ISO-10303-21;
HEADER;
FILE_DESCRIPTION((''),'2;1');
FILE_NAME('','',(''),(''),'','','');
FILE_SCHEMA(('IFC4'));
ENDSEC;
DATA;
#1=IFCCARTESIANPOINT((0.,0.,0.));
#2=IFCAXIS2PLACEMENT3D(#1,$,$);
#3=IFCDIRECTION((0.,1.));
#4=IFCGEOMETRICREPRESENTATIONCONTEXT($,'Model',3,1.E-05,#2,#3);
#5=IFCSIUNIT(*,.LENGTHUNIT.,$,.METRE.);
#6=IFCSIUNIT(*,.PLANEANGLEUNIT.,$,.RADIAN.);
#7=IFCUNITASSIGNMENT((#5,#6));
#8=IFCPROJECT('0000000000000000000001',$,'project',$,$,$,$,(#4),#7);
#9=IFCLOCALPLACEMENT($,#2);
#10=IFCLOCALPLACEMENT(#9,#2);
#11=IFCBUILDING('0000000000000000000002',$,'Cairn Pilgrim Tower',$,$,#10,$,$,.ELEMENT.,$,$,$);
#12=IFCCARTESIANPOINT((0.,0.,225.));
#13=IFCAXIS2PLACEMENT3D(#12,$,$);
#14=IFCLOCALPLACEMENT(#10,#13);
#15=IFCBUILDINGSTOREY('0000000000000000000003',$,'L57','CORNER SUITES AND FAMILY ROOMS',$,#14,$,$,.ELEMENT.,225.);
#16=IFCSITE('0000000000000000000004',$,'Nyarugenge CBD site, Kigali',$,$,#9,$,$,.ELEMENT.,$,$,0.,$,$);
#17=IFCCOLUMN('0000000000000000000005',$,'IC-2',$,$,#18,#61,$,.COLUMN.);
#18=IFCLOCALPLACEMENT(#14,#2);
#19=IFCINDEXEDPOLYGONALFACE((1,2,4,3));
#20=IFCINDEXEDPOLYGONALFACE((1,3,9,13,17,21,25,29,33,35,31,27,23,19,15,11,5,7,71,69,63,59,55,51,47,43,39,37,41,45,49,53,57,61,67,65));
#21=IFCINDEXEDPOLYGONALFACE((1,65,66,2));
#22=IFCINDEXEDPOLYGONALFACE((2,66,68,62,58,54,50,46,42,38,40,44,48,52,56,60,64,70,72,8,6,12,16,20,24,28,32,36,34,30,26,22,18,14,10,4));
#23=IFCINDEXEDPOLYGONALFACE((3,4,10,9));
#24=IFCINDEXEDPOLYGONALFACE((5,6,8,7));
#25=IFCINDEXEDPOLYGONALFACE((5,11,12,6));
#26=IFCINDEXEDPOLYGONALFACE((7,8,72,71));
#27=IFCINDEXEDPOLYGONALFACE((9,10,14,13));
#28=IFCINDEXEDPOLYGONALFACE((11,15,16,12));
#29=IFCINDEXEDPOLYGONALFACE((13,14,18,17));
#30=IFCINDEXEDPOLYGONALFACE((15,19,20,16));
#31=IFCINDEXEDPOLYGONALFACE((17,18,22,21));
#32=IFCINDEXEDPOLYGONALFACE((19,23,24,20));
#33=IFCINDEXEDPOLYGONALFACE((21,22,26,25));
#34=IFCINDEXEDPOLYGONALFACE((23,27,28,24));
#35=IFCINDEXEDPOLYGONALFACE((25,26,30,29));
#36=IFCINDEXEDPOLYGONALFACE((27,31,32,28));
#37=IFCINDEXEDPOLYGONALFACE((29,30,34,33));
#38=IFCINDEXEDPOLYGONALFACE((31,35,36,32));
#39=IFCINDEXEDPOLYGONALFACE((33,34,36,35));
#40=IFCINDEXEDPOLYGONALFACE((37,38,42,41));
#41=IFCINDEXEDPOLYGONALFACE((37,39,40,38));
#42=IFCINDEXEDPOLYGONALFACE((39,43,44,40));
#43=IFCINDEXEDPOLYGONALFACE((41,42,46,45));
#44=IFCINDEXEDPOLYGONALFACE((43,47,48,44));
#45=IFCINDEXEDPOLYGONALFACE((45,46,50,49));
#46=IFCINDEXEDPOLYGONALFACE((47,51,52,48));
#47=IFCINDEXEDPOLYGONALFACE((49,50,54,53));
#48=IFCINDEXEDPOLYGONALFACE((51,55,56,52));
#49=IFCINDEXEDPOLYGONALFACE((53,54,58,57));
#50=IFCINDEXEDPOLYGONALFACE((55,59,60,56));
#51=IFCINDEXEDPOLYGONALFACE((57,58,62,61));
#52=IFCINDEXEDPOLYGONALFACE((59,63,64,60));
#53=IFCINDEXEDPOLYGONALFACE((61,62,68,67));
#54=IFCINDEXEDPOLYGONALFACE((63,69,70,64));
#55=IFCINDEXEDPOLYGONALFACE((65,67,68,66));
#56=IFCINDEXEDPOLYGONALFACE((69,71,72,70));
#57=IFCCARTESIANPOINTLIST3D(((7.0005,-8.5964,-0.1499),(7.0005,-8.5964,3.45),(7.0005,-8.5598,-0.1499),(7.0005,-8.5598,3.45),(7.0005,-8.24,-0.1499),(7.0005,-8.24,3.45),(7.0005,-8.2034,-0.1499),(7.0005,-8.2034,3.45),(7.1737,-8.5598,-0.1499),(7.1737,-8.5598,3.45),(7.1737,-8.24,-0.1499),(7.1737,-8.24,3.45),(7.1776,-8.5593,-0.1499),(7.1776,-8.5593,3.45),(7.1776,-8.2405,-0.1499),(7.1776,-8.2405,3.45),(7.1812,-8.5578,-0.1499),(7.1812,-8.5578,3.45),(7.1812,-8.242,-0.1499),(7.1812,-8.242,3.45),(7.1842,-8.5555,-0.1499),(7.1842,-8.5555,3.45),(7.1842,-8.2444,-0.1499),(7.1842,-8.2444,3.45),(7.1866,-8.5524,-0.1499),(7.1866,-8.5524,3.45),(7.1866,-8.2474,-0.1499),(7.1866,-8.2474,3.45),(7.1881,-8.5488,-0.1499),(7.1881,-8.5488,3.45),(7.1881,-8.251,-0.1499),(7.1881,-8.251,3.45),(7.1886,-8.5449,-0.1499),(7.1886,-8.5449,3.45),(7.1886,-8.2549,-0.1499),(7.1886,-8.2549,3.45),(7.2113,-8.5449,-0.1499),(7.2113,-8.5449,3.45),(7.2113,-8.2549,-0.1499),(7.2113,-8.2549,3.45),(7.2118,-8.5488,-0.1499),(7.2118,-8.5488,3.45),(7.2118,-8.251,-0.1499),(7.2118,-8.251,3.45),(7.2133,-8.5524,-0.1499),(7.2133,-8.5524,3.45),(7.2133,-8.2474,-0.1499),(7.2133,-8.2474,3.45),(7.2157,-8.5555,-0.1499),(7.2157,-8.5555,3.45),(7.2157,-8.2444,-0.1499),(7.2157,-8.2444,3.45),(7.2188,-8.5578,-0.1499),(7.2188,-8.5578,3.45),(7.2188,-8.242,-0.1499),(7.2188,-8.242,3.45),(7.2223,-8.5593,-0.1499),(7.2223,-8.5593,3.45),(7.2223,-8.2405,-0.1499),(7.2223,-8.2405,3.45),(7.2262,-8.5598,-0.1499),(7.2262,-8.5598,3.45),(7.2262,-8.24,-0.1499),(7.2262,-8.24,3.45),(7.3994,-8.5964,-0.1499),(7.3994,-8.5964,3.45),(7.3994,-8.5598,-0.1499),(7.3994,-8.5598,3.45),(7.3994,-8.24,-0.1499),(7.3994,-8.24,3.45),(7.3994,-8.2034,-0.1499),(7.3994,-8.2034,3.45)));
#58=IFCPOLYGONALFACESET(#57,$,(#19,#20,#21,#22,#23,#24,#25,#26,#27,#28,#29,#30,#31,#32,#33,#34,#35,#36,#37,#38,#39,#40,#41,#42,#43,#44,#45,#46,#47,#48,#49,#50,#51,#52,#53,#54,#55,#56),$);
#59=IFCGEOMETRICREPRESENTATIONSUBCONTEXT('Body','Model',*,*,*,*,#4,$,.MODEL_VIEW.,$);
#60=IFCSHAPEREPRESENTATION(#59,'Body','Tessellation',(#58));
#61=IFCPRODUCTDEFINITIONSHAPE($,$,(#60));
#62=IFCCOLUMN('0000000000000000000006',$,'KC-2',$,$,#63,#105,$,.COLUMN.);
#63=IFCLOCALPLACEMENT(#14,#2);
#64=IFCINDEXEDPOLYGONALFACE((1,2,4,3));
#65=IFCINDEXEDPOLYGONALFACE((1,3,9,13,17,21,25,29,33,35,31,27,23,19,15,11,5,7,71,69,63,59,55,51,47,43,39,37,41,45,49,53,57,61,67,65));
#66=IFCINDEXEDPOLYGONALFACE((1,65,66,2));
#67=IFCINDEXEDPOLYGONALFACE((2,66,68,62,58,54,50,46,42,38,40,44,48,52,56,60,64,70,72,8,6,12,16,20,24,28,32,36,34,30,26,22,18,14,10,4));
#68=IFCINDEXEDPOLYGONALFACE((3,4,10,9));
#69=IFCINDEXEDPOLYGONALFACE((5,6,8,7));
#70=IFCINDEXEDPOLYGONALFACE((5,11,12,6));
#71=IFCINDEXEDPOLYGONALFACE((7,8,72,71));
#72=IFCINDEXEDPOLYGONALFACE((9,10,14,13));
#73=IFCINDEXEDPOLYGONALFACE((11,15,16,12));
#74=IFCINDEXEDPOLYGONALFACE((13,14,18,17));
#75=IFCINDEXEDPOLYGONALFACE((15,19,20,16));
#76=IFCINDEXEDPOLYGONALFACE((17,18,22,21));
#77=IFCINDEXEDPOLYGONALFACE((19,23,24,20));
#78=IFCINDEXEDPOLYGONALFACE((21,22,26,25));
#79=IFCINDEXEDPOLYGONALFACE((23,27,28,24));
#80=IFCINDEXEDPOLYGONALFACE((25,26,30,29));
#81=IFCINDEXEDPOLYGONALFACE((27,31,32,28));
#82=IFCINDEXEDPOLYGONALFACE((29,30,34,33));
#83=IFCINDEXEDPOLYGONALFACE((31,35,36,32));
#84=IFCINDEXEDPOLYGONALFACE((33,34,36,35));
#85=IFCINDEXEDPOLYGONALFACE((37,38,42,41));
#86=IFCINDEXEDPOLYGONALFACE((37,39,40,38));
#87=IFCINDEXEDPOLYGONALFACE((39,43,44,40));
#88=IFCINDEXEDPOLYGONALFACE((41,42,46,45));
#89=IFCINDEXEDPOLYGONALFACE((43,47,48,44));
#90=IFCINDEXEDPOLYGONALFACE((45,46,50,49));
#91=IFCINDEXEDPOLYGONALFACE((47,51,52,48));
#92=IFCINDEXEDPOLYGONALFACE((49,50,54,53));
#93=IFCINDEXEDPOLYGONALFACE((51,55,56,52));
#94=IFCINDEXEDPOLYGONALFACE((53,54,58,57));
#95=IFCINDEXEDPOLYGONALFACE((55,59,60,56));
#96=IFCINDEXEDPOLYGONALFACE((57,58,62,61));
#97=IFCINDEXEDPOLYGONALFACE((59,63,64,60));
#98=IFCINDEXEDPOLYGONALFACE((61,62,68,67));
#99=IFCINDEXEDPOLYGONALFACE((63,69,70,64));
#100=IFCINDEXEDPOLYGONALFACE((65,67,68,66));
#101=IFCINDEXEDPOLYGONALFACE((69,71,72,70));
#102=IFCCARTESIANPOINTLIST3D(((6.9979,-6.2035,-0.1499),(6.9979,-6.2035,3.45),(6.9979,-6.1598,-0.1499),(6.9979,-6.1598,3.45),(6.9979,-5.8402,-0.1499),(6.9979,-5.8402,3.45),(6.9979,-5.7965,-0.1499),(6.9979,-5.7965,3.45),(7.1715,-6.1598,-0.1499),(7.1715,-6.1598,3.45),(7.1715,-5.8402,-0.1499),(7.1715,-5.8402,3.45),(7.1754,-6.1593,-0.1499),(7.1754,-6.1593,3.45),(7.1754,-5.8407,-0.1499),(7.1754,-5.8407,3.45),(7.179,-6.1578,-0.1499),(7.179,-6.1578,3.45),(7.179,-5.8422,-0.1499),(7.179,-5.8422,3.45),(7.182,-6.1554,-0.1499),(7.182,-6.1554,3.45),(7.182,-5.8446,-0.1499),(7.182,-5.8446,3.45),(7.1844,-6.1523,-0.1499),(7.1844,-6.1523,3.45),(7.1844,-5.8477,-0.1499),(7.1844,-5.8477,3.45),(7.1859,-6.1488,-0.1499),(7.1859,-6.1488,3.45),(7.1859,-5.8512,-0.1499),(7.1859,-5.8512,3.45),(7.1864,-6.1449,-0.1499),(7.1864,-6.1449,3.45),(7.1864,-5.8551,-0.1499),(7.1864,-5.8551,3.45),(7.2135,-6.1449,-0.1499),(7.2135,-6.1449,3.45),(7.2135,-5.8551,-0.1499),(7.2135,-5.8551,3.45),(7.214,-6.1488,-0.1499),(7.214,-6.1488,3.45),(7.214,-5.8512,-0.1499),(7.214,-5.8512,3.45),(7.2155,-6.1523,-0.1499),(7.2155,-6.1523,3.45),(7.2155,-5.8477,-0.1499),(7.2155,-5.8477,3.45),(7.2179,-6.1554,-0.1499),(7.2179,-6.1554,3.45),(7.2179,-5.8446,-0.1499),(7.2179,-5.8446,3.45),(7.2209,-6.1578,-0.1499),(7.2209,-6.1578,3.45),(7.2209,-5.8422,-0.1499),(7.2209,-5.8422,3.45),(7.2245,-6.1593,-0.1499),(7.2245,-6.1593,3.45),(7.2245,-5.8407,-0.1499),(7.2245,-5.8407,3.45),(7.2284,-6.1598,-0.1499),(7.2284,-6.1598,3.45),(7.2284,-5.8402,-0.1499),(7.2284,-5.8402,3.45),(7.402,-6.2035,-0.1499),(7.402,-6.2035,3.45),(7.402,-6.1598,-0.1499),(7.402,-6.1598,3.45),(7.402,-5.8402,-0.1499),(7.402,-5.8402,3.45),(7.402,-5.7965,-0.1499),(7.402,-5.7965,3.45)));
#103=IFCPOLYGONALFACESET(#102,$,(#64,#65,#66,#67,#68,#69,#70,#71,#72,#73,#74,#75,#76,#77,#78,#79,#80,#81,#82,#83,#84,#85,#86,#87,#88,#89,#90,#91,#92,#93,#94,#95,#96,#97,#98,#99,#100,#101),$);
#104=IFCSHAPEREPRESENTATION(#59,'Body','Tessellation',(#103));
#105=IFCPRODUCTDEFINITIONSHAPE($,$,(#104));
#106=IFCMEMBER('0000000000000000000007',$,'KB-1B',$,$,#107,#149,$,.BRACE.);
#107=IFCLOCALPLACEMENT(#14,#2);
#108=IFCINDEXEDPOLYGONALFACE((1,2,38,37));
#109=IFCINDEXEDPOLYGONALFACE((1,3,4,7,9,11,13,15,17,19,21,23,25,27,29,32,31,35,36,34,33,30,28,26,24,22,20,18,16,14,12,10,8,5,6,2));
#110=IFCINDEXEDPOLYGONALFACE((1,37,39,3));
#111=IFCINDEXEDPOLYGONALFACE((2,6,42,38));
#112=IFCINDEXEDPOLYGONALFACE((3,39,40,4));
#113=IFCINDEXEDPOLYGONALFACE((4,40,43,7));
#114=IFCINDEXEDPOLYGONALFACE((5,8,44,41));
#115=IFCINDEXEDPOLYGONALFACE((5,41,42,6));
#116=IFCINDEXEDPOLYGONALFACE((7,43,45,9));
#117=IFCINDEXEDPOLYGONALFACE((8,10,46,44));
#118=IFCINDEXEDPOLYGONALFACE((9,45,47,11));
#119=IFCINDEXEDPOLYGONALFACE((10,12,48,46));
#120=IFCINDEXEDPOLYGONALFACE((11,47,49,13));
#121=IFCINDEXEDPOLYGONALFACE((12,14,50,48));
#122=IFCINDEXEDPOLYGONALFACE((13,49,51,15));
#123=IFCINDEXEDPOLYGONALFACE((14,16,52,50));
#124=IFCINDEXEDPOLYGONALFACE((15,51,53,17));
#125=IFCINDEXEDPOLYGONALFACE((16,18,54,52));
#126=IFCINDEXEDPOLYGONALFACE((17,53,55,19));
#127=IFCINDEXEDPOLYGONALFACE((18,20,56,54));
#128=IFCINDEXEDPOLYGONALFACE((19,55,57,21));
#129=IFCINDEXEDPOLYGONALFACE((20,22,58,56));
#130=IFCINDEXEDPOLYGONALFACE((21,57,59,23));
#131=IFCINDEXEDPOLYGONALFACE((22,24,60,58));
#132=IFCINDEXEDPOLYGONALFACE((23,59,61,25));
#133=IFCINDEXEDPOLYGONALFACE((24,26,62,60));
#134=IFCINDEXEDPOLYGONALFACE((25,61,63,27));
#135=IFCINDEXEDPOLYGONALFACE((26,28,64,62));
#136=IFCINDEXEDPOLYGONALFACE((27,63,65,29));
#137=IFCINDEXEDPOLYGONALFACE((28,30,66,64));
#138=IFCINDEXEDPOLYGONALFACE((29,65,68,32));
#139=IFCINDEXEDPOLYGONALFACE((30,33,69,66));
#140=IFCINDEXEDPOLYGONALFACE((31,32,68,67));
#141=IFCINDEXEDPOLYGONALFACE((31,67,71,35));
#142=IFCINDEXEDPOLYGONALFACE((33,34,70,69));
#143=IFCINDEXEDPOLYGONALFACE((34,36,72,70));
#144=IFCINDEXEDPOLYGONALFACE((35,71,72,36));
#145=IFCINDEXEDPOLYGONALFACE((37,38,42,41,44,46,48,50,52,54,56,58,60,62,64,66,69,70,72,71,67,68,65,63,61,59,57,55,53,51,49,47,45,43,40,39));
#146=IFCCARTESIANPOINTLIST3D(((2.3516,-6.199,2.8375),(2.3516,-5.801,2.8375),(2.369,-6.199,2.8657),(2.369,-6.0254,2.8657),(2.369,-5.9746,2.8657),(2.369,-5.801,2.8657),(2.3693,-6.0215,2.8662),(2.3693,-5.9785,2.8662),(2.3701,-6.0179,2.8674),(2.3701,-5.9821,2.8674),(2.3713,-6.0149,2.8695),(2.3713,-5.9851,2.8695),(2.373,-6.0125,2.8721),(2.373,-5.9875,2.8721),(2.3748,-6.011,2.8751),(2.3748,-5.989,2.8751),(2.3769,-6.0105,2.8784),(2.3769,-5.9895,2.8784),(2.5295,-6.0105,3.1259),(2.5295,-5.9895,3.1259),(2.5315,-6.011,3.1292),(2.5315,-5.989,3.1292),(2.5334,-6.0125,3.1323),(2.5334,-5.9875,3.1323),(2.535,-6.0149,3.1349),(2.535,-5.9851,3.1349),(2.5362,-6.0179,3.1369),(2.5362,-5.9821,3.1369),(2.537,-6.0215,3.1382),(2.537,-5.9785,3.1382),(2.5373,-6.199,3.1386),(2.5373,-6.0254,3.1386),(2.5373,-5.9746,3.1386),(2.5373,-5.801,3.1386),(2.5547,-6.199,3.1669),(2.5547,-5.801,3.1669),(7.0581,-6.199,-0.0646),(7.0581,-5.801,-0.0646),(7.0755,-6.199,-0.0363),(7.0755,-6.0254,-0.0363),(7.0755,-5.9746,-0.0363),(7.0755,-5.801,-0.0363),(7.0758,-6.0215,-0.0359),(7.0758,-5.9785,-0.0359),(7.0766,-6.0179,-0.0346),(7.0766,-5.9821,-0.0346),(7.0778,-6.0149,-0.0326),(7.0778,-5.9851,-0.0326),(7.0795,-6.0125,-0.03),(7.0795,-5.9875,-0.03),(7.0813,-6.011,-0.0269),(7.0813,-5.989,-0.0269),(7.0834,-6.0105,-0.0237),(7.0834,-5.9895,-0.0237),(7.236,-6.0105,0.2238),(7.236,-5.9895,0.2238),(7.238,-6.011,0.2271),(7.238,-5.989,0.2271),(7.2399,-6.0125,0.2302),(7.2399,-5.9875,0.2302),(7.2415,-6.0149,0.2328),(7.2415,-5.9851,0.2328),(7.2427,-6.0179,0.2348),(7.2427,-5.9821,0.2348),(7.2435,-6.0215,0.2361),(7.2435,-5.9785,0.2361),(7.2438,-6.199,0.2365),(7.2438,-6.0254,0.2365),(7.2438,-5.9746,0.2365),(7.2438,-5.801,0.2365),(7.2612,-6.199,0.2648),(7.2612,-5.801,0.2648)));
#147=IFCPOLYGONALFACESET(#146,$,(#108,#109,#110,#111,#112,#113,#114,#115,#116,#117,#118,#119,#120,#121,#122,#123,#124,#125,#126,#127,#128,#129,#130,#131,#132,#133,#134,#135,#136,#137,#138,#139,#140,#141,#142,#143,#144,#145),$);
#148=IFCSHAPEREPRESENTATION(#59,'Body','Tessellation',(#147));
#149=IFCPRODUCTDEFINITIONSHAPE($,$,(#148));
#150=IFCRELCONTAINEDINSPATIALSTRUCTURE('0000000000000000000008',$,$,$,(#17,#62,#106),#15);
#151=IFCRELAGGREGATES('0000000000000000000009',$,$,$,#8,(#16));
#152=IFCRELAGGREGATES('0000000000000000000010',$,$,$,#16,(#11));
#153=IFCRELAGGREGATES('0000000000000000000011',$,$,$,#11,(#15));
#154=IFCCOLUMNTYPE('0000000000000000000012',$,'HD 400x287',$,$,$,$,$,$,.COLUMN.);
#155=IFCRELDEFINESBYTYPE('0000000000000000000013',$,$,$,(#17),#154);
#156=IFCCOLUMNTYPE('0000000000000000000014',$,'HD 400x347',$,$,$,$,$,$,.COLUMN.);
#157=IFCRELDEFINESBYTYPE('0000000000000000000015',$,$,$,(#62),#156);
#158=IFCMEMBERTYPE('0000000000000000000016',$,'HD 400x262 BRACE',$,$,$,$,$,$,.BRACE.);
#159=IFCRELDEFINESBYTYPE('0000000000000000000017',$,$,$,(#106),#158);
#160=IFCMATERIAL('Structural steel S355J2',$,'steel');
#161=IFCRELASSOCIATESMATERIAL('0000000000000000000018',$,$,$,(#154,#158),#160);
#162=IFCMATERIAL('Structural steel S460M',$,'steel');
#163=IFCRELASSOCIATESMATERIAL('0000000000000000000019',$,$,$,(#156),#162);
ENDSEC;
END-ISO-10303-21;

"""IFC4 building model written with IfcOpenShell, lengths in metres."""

from ifc_helpers import new_model, si_unit, direction, frame, origin, origin_2d, place, context, subcontext, project, spatial, i_section, extrude, material, material_profile, profile_set, type_object, element, save


model = new_model("IFC4")

# Units and contexts
model_context = context("Model", 3, precision=1e-05, world=origin(), true_north=direction((0.0, 1.0)))
body_context = subcontext(model_context, "Body", "Model", "MODEL_VIEW")
ifc_project = project(units=[si_unit("LENGTHUNIT", "METRE"), si_unit("PLANEANGLEUNIT", "RADIAN")], contexts=[model_context])

# Site, building, storey
site_placement = place(None, origin())
site = spatial("IfcSite", under=ifc_project, at=site_placement, Name="Nyarugenge CBD site, Kigali", CompositionType="ELEMENT", RefElevation=0.0)
building_placement = place(site_placement, origin())
building = spatial("IfcBuilding", under=site, at=building_placement, Name="Cairn Pilgrim Tower", CompositionType="ELEMENT")
storey_placement = place(building_placement, frame((0.0, 0.0, 225.0)))
storey = spatial("IfcBuildingStorey", under=building, at=storey_placement, Name="L57", Description="CORNER SUITES AND FAMILY ROOMS", CompositionType="ELEMENT", Elevation=225.0)

# Columns
ifc_material_1 = material(Name="Structural steel S355J2", Category="steel")
ifc_material_profile_1 = material_profile(ifc_material_1, i_section(OverallWidth=0.3989, OverallDepth=0.3931, WebThickness=0.0227, FlangeThickness=0.0366, FilletRadius=0.0149, at=origin_2d()), Name="HD 400x287")
ifc_profile_set_1 = profile_set([ifc_material_profile_1], Name="Structural steel S355J2")
column_type_1 = type_object("IfcColumnType", Name="HD 400x287", PredefinedType="COLUMN", material=ifc_profile_set_1)
column_1_placement = place(storey_placement, frame((7.2, -8.3999, -0.1499), z_axis=(0.0, 0.0, 1.0), x_axis=(1.0, 0.0, 0.0)))
element("IfcColumn", 1, at=column_1_placement, inside=storey, type_object=column_type_1, Name="IC-2", PredefinedType="COLUMN", context=body_context, shape_type="SweptSolid", body=[
    extrude(i_section(OverallWidth=0.3989, OverallDepth=0.3931, WebThickness=0.0227, FlangeThickness=0.0366, FilletRadius=0.0149, at=origin_2d()), origin(), (0.0, 0.0, 1.0), 3.5999),
])
ifc_material_2 = material(Name="Structural steel S460M", Category="steel")
ifc_material_profile_2 = material_profile(ifc_material_2, i_section(OverallWidth=0.4041, OverallDepth=0.407, WebThickness=0.0271, FlangeThickness=0.0437, FilletRadius=0.0149, at=origin_2d()), Name="HD 400x347")
ifc_profile_set_2 = profile_set([ifc_material_profile_2], Name="Structural steel S460M")
column_type_2 = type_object("IfcColumnType", Name="HD 400x347", PredefinedType="COLUMN", material=ifc_profile_set_2)
column_2_placement = place(storey_placement, frame((7.2, -6.0, -0.1499), z_axis=(0.0, 0.0, 1.0), x_axis=(1.0, 0.0, 0.0)))
element("IfcColumn", 2, at=column_2_placement, inside=storey, type_object=column_type_2, Name="KC-2", PredefinedType="COLUMN", context=body_context, shape_type="SweptSolid", body=[
    extrude(i_section(OverallWidth=0.4041, OverallDepth=0.407, WebThickness=0.0271, FlangeThickness=0.0437, FilletRadius=0.0149, at=origin_2d()), origin(), (0.0, 0.0, 1.0), 3.5999),
])

# Member
ifc_material_profile_3 = material_profile(ifc_material_1, i_section(OverallWidth=0.3979, OverallDepth=0.387, WebThickness=0.021, FlangeThickness=0.0332, FilletRadius=0.0149, at=origin_2d()), Name="HD 400x262")
ifc_profile_set_3 = profile_set([ifc_material_profile_3], Name="Structural steel S355J2")
member_type = type_object("IfcMemberType", Name="HD 400x262 BRACE", PredefinedType="BRACE", material=ifc_profile_set_3)
member_placement = place(storey_placement, frame((7.1597, -6.0, 0.1001), z_axis=(-0.851193, 0.0, 0.524854), x_axis=(0.0, -1.0, 0.0)))
element("IfcMember", 3, at=member_placement, inside=storey, type_object=member_type, Name="KB-1B", PredefinedType="BRACE", context=body_context, shape_type="SweptSolid", body=[
    extrude(i_section(OverallWidth=0.3979, OverallDepth=0.387, WebThickness=0.021, FlangeThickness=0.0332, FilletRadius=0.0149, at=origin_2d()), origin(), (0.0, 0.0, 1.0), 5.5293),
])

save(model, "model.ifc")
